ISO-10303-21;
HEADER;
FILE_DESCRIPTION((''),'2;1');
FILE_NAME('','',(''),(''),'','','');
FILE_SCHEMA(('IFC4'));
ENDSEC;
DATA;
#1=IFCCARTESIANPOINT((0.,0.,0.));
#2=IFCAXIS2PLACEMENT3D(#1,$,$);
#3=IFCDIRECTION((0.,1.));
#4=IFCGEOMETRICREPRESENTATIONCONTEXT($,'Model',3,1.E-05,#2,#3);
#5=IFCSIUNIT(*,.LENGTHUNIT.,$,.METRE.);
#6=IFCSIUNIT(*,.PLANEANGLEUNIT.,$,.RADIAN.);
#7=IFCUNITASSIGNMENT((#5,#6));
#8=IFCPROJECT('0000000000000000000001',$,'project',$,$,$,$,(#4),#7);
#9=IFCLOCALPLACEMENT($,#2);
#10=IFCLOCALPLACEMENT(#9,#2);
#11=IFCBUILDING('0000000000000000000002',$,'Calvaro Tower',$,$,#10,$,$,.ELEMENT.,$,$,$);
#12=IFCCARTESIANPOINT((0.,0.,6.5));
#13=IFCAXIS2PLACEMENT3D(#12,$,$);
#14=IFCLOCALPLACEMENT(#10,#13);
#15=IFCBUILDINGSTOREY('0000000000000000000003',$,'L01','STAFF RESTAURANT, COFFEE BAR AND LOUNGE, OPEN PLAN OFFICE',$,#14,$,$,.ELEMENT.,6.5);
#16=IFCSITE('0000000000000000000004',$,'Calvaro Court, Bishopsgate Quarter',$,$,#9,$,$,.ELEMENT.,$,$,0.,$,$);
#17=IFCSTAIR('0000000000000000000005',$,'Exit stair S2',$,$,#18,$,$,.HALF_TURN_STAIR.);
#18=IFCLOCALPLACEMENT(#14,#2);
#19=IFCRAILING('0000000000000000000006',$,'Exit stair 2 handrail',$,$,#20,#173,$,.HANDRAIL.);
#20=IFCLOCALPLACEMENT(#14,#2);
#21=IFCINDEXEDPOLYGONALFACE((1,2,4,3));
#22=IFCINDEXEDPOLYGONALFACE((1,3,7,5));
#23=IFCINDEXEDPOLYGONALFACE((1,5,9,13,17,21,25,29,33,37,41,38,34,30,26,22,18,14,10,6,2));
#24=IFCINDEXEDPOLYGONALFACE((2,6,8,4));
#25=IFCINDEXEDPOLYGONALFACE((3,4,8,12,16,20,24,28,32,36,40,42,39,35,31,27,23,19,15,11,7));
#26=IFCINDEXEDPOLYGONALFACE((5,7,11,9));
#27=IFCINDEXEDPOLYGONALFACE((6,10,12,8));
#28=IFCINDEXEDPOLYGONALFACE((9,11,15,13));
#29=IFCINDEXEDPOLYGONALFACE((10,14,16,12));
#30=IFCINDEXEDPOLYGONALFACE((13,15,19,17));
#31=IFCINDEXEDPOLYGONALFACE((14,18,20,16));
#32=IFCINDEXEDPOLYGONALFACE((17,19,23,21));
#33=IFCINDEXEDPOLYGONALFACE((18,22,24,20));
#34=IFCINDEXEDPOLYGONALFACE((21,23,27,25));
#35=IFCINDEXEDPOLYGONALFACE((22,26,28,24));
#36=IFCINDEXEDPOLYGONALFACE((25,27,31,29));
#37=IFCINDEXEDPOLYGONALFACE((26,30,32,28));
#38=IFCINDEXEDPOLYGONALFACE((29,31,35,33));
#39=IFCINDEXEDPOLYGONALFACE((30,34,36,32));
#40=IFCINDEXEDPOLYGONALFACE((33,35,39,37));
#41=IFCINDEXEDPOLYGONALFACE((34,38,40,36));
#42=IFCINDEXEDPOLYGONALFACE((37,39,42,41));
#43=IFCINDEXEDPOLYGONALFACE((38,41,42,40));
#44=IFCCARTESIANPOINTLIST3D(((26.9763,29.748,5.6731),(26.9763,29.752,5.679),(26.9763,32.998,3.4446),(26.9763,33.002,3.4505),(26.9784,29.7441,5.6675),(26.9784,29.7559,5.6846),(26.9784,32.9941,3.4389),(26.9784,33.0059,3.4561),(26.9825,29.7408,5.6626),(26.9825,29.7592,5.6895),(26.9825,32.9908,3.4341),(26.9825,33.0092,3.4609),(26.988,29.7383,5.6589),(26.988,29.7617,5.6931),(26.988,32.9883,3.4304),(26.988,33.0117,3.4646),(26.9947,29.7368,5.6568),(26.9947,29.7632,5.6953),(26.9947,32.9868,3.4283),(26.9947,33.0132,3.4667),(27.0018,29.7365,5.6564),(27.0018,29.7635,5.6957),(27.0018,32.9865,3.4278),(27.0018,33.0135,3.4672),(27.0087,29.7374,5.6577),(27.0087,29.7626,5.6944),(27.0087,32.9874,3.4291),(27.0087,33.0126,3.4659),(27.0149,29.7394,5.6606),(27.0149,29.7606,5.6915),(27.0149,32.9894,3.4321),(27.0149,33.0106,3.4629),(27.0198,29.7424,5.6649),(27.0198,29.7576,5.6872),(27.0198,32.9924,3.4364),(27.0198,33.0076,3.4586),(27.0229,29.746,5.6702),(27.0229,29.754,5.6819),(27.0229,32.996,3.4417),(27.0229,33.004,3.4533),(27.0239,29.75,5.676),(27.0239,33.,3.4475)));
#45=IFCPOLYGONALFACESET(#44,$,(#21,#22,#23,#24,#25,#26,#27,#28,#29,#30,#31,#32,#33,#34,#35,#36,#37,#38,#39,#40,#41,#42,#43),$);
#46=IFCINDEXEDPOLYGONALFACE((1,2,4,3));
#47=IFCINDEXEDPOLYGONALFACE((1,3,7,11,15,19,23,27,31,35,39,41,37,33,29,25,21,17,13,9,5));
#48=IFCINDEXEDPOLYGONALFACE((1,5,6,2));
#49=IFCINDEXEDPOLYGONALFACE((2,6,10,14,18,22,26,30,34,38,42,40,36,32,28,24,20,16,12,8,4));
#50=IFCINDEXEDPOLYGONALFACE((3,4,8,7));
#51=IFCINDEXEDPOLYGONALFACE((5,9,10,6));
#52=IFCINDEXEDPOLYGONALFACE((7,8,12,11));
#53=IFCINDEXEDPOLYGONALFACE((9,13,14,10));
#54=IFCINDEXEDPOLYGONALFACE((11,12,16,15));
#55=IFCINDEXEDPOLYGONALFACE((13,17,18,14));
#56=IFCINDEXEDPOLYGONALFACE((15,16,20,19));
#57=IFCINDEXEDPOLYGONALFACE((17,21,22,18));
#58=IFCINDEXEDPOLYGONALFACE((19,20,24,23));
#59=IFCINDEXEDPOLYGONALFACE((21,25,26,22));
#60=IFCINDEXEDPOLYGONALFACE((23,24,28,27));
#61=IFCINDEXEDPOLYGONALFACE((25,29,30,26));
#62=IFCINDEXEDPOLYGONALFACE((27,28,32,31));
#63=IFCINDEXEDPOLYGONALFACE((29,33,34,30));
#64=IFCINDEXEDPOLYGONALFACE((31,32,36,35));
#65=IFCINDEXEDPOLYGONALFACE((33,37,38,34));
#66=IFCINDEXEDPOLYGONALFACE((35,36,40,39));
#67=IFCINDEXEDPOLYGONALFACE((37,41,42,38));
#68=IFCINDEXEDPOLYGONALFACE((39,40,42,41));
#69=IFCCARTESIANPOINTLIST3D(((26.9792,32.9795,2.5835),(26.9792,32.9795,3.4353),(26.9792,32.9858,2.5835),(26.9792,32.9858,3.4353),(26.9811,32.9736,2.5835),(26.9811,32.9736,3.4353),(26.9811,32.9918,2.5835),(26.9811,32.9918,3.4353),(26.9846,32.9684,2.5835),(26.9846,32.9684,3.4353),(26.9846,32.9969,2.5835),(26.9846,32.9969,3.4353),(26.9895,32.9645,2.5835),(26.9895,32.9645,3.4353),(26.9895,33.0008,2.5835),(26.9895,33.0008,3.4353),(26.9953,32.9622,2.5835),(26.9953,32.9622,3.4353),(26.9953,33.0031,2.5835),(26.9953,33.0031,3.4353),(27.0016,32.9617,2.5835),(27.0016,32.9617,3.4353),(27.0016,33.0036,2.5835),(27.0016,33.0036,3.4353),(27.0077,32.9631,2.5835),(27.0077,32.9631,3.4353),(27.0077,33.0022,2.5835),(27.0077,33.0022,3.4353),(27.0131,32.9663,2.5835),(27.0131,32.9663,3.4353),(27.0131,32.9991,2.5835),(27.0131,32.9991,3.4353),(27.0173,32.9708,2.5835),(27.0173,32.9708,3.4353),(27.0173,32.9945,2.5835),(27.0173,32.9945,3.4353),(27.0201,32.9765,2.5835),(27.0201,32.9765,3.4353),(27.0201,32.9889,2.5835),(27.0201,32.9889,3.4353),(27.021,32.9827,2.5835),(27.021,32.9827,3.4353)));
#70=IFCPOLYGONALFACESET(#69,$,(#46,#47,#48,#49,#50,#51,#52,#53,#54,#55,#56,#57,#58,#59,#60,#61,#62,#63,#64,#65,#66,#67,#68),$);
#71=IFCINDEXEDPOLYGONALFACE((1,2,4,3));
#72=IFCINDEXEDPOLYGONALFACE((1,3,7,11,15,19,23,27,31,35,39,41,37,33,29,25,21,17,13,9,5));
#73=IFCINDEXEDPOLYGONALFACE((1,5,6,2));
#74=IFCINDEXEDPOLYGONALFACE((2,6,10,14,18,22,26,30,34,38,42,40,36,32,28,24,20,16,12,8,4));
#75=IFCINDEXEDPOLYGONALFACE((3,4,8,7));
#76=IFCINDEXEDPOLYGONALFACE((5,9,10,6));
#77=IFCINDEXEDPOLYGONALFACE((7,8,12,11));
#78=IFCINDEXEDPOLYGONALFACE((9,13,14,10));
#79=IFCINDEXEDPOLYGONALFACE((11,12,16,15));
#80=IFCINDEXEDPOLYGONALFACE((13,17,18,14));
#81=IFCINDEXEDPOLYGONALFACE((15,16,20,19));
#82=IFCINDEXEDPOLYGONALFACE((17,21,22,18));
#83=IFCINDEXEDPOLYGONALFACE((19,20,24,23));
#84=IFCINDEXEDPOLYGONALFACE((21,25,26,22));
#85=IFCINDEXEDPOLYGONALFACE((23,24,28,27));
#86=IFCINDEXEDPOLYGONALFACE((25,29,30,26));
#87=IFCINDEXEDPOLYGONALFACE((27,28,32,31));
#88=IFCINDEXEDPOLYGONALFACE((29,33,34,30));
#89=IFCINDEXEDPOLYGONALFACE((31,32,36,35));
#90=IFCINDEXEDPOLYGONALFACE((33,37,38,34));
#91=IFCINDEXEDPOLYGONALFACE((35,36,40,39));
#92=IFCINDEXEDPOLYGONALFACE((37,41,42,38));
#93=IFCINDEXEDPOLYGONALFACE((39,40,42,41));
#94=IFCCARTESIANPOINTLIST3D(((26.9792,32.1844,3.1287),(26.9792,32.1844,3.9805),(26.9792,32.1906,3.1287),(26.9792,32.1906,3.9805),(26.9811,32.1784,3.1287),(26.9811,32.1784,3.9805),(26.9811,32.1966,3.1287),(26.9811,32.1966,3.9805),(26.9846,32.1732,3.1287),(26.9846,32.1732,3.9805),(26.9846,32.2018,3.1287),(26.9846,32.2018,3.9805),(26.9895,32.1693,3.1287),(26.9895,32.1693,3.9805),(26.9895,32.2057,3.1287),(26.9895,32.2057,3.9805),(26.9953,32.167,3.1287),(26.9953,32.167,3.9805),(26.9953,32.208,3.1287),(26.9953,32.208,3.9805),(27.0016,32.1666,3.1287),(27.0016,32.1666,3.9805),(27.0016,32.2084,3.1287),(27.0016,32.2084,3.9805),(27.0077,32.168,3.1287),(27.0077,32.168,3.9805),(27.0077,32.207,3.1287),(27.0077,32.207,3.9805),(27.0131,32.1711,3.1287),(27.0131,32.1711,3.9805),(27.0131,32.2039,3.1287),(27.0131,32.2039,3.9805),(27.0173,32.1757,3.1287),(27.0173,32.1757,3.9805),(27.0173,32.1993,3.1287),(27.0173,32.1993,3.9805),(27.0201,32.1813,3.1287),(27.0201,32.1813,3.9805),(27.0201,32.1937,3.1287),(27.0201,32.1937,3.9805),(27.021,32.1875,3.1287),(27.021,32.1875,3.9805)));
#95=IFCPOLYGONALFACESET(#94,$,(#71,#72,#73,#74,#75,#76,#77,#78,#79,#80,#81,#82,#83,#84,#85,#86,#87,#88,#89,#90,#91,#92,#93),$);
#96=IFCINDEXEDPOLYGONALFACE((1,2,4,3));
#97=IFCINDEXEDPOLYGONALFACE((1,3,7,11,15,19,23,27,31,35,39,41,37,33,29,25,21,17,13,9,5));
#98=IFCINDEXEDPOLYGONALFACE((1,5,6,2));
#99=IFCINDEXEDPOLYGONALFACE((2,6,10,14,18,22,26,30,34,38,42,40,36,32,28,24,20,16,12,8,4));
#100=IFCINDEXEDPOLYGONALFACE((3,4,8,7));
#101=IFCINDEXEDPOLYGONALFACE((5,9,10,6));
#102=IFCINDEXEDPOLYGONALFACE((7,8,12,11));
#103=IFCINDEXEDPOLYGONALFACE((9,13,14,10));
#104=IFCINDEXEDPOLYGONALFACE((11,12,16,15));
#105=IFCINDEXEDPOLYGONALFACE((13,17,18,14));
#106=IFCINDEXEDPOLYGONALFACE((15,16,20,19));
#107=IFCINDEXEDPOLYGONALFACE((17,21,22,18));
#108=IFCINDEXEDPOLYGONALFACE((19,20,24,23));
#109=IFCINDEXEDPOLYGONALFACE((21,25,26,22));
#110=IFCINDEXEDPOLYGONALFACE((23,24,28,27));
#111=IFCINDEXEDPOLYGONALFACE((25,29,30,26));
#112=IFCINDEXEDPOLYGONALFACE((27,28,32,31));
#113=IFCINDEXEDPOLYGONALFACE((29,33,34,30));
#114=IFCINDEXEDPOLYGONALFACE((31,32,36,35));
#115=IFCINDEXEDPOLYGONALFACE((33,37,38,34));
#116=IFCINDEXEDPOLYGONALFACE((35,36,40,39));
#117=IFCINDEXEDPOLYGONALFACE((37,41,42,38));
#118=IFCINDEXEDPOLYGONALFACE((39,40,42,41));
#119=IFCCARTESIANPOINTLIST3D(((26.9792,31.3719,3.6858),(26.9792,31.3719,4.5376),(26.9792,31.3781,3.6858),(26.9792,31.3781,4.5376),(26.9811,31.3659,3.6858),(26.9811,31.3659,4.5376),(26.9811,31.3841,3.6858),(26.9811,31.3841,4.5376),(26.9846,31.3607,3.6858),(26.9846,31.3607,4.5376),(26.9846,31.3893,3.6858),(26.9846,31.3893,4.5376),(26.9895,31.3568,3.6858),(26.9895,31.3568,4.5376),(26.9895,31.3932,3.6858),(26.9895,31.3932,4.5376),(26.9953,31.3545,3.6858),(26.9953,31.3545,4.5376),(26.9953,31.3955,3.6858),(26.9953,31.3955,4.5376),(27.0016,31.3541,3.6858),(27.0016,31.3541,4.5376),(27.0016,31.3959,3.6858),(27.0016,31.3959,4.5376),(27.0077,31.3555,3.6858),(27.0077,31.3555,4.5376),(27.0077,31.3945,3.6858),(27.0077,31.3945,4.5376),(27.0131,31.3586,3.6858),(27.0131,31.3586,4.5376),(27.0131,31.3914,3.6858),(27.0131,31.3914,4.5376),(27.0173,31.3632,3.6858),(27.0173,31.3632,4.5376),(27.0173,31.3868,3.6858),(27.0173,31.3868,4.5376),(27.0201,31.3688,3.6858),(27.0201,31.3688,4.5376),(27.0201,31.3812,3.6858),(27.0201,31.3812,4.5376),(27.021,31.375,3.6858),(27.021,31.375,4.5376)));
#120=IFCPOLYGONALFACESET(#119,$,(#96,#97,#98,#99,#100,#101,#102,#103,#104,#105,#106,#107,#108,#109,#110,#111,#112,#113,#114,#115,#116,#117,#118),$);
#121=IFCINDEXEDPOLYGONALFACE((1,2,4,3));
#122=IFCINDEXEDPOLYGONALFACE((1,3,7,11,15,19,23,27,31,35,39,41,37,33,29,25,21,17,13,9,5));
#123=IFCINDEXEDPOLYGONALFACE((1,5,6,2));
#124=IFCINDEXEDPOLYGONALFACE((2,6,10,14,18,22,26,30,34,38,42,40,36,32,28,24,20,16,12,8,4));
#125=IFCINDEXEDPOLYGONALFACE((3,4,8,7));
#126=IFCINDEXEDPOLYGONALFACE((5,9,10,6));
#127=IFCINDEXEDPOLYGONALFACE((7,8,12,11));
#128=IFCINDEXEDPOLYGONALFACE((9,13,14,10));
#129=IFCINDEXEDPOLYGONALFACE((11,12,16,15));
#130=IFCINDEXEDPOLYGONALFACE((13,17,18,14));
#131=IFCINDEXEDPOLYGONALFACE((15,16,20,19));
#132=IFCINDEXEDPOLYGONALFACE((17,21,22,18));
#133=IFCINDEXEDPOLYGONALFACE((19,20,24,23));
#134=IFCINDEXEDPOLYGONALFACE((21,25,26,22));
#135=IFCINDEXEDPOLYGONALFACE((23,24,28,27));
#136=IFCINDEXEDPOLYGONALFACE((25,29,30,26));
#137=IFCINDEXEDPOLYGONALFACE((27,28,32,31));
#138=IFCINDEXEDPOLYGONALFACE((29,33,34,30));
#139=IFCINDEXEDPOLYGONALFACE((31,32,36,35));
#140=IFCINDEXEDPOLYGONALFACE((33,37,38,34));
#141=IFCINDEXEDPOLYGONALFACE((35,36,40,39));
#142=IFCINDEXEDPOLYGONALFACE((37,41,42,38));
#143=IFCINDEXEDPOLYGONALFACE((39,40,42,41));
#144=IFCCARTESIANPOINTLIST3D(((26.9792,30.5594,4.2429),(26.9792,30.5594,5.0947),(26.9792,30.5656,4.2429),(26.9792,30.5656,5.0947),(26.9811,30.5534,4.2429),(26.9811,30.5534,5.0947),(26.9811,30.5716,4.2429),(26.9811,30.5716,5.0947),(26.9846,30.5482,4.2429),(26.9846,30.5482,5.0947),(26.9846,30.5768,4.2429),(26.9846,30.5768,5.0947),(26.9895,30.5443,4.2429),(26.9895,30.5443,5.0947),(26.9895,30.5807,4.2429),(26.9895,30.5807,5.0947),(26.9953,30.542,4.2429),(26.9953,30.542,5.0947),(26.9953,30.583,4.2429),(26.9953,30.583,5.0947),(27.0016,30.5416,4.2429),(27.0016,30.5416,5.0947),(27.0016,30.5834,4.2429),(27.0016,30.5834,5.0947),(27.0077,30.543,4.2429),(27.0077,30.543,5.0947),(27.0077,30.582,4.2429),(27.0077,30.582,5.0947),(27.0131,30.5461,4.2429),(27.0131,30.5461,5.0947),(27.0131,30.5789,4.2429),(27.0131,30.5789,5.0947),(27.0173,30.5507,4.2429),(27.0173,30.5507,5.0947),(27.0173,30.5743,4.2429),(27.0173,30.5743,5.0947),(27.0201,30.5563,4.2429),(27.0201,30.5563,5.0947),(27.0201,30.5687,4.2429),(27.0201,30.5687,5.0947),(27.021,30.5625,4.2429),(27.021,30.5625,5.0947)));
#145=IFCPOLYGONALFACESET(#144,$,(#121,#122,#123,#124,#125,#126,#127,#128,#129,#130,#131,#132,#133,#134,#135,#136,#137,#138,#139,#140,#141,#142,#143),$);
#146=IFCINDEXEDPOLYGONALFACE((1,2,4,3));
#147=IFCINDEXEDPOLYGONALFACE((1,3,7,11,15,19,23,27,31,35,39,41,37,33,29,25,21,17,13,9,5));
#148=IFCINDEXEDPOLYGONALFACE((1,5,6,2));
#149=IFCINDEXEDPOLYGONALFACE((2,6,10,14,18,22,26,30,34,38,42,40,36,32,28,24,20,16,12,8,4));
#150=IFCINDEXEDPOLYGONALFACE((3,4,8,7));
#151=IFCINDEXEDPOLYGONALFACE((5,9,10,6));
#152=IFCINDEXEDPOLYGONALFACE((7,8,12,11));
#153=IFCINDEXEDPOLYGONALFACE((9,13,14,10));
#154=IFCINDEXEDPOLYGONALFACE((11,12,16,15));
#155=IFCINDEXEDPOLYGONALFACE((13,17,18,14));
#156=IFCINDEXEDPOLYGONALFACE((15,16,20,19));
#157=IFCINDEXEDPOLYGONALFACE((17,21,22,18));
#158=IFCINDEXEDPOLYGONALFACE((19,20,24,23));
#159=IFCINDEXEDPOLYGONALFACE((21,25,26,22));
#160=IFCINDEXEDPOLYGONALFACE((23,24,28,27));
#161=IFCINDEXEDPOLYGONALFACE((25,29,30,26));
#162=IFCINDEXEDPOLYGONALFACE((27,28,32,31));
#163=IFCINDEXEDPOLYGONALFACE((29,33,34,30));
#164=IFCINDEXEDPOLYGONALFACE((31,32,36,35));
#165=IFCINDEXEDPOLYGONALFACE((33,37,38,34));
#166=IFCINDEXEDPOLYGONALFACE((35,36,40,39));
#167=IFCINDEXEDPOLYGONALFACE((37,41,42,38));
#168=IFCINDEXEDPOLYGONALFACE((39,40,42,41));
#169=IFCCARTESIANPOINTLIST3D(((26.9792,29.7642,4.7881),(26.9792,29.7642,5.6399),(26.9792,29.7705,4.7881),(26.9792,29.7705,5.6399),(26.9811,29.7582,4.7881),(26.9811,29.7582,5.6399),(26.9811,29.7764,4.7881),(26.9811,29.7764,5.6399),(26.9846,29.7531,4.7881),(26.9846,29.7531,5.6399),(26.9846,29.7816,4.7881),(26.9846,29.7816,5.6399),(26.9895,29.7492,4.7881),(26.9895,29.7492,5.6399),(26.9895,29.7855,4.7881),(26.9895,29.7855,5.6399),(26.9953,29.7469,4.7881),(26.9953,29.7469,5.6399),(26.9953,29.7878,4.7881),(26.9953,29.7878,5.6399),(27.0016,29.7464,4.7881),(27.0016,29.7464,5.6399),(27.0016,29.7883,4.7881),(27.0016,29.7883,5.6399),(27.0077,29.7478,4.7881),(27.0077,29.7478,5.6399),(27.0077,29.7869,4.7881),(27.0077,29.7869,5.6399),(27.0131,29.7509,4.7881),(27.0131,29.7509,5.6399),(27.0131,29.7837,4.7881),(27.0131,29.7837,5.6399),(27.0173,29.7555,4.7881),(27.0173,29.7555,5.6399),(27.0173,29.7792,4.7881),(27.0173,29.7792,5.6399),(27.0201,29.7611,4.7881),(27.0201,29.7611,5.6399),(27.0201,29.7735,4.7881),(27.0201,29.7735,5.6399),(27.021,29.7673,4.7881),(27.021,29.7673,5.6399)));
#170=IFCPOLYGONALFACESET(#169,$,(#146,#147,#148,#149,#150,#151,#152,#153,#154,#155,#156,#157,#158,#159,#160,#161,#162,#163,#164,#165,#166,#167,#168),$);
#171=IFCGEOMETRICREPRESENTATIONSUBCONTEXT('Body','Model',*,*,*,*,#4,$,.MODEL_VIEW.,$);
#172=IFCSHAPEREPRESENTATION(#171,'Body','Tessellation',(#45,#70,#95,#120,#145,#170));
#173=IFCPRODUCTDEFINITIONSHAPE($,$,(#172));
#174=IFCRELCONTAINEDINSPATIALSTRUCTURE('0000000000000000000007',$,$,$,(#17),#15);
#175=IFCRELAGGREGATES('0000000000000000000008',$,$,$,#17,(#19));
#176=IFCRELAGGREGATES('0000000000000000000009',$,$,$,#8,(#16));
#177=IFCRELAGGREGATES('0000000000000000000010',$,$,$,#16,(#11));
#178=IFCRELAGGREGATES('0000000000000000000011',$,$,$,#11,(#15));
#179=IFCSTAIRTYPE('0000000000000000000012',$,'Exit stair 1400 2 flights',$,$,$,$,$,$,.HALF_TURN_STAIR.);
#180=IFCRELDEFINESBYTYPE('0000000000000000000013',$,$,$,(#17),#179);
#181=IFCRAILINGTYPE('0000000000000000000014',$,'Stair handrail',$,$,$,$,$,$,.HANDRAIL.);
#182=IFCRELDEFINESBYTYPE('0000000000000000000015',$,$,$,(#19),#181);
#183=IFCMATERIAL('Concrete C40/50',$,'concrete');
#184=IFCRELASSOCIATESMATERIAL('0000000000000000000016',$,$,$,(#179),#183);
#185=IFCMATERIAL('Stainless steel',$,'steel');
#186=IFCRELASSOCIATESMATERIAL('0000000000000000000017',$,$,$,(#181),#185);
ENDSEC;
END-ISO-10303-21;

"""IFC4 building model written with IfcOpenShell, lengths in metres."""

from ifc_helpers import new_model, si_unit, direction, frame, origin, origin_2d, place, context, subcontext, project, spatial, circle, extrude, material, type_object, element, aggregate, save


model = new_model("IFC4")

# Units and contexts
model_context = context("Model", 3, precision=1e-05, world=origin(), true_north=direction((0.0, 1.0)))
body_context = subcontext(model_context, "Body", "Model", "MODEL_VIEW")
ifc_project = project(units=[si_unit("LENGTHUNIT", "METRE"), si_unit("PLANEANGLEUNIT", "RADIAN")], contexts=[model_context])

# Site, building, storey
site_placement = place(None, origin())
site = spatial("IfcSite", under=ifc_project, at=site_placement, Name="Calvaro Court, Bishopsgate Quarter", CompositionType="ELEMENT", RefElevation=0.0)
building_placement = place(site_placement, origin())
building = spatial("IfcBuilding", under=site, at=building_placement, Name="Calvaro Tower", CompositionType="ELEMENT")
storey_placement = place(building_placement, frame((0.0, 0.0, 6.5)))
storey = spatial("IfcBuildingStorey", under=building, at=storey_placement, Name="L01", Description="STAFF RESTAURANT, COFFEE BAR AND LOUNGE, OPEN PLAN OFFICE", CompositionType="ELEMENT", Elevation=6.5)

# Stair, railing
ifc_material_1 = material(Name="Concrete C40/50", Category="concrete")
stair_type = type_object("IfcStairType", Name="Exit stair 1400 2 flights", PredefinedType="HALF_TURN_STAIR", material=ifc_material_1)
stair_placement = place(storey_placement, origin())
stair = element("IfcStair", 1, at=stair_placement, inside=storey, type_object=stair_type, Name="Exit stair S2", PredefinedType="HALF_TURN_STAIR")
ifc_material_2 = material(Name="Stainless steel", Category="steel")
railing_type = type_object("IfcRailingType", Name="Stair handrail", PredefinedType="HANDRAIL", material=ifc_material_2)
railing_1_placement = place(storey_placement, frame((27.0, 33.0, 2.5715)))
railing_1 = element("IfcRailing", 2, at=railing_1_placement, type_object=railing_type, Name="Exit stair 2 handrail", PredefinedType="HANDRAIL", context=body_context, shape_type="SweptSolid", body=[
    extrude(circle(Radius=0.0239, at=origin_2d()), frame((0.0, 0.0, 0.876), z_axis=(0.0, -0.824735, 0.565519), x_axis=(1.0, 0.0, 0.0)), (0.0, 0.0, 1.0), 3.9407),
    extrude(circle(Radius=0.021, at=origin_2d()), frame((0.0, -0.0173, 0.012)), (0.0, 0.0, 1.0), 0.8518),
    extrude(circle(Radius=0.021, at=origin_2d()), frame((0.0, -0.8125, 0.5571)), (0.0, 0.0, 1.0), 0.8518),
    extrude(circle(Radius=0.021, at=origin_2d()), frame((0.0, -1.625, 1.1143)), (0.0, 0.0, 1.0), 0.8518),
    extrude(circle(Radius=0.021, at=origin_2d()), frame((0.0, -2.4375, 1.6714)), (0.0, 0.0, 1.0), 0.8518),
    extrude(circle(Radius=0.021, at=origin_2d()), frame((0.0, -3.2327, 2.2166)), (0.0, 0.0, 1.0), 0.8518),
])
aggregate(stair, [railing_1])

save(model, "model.ifc")
